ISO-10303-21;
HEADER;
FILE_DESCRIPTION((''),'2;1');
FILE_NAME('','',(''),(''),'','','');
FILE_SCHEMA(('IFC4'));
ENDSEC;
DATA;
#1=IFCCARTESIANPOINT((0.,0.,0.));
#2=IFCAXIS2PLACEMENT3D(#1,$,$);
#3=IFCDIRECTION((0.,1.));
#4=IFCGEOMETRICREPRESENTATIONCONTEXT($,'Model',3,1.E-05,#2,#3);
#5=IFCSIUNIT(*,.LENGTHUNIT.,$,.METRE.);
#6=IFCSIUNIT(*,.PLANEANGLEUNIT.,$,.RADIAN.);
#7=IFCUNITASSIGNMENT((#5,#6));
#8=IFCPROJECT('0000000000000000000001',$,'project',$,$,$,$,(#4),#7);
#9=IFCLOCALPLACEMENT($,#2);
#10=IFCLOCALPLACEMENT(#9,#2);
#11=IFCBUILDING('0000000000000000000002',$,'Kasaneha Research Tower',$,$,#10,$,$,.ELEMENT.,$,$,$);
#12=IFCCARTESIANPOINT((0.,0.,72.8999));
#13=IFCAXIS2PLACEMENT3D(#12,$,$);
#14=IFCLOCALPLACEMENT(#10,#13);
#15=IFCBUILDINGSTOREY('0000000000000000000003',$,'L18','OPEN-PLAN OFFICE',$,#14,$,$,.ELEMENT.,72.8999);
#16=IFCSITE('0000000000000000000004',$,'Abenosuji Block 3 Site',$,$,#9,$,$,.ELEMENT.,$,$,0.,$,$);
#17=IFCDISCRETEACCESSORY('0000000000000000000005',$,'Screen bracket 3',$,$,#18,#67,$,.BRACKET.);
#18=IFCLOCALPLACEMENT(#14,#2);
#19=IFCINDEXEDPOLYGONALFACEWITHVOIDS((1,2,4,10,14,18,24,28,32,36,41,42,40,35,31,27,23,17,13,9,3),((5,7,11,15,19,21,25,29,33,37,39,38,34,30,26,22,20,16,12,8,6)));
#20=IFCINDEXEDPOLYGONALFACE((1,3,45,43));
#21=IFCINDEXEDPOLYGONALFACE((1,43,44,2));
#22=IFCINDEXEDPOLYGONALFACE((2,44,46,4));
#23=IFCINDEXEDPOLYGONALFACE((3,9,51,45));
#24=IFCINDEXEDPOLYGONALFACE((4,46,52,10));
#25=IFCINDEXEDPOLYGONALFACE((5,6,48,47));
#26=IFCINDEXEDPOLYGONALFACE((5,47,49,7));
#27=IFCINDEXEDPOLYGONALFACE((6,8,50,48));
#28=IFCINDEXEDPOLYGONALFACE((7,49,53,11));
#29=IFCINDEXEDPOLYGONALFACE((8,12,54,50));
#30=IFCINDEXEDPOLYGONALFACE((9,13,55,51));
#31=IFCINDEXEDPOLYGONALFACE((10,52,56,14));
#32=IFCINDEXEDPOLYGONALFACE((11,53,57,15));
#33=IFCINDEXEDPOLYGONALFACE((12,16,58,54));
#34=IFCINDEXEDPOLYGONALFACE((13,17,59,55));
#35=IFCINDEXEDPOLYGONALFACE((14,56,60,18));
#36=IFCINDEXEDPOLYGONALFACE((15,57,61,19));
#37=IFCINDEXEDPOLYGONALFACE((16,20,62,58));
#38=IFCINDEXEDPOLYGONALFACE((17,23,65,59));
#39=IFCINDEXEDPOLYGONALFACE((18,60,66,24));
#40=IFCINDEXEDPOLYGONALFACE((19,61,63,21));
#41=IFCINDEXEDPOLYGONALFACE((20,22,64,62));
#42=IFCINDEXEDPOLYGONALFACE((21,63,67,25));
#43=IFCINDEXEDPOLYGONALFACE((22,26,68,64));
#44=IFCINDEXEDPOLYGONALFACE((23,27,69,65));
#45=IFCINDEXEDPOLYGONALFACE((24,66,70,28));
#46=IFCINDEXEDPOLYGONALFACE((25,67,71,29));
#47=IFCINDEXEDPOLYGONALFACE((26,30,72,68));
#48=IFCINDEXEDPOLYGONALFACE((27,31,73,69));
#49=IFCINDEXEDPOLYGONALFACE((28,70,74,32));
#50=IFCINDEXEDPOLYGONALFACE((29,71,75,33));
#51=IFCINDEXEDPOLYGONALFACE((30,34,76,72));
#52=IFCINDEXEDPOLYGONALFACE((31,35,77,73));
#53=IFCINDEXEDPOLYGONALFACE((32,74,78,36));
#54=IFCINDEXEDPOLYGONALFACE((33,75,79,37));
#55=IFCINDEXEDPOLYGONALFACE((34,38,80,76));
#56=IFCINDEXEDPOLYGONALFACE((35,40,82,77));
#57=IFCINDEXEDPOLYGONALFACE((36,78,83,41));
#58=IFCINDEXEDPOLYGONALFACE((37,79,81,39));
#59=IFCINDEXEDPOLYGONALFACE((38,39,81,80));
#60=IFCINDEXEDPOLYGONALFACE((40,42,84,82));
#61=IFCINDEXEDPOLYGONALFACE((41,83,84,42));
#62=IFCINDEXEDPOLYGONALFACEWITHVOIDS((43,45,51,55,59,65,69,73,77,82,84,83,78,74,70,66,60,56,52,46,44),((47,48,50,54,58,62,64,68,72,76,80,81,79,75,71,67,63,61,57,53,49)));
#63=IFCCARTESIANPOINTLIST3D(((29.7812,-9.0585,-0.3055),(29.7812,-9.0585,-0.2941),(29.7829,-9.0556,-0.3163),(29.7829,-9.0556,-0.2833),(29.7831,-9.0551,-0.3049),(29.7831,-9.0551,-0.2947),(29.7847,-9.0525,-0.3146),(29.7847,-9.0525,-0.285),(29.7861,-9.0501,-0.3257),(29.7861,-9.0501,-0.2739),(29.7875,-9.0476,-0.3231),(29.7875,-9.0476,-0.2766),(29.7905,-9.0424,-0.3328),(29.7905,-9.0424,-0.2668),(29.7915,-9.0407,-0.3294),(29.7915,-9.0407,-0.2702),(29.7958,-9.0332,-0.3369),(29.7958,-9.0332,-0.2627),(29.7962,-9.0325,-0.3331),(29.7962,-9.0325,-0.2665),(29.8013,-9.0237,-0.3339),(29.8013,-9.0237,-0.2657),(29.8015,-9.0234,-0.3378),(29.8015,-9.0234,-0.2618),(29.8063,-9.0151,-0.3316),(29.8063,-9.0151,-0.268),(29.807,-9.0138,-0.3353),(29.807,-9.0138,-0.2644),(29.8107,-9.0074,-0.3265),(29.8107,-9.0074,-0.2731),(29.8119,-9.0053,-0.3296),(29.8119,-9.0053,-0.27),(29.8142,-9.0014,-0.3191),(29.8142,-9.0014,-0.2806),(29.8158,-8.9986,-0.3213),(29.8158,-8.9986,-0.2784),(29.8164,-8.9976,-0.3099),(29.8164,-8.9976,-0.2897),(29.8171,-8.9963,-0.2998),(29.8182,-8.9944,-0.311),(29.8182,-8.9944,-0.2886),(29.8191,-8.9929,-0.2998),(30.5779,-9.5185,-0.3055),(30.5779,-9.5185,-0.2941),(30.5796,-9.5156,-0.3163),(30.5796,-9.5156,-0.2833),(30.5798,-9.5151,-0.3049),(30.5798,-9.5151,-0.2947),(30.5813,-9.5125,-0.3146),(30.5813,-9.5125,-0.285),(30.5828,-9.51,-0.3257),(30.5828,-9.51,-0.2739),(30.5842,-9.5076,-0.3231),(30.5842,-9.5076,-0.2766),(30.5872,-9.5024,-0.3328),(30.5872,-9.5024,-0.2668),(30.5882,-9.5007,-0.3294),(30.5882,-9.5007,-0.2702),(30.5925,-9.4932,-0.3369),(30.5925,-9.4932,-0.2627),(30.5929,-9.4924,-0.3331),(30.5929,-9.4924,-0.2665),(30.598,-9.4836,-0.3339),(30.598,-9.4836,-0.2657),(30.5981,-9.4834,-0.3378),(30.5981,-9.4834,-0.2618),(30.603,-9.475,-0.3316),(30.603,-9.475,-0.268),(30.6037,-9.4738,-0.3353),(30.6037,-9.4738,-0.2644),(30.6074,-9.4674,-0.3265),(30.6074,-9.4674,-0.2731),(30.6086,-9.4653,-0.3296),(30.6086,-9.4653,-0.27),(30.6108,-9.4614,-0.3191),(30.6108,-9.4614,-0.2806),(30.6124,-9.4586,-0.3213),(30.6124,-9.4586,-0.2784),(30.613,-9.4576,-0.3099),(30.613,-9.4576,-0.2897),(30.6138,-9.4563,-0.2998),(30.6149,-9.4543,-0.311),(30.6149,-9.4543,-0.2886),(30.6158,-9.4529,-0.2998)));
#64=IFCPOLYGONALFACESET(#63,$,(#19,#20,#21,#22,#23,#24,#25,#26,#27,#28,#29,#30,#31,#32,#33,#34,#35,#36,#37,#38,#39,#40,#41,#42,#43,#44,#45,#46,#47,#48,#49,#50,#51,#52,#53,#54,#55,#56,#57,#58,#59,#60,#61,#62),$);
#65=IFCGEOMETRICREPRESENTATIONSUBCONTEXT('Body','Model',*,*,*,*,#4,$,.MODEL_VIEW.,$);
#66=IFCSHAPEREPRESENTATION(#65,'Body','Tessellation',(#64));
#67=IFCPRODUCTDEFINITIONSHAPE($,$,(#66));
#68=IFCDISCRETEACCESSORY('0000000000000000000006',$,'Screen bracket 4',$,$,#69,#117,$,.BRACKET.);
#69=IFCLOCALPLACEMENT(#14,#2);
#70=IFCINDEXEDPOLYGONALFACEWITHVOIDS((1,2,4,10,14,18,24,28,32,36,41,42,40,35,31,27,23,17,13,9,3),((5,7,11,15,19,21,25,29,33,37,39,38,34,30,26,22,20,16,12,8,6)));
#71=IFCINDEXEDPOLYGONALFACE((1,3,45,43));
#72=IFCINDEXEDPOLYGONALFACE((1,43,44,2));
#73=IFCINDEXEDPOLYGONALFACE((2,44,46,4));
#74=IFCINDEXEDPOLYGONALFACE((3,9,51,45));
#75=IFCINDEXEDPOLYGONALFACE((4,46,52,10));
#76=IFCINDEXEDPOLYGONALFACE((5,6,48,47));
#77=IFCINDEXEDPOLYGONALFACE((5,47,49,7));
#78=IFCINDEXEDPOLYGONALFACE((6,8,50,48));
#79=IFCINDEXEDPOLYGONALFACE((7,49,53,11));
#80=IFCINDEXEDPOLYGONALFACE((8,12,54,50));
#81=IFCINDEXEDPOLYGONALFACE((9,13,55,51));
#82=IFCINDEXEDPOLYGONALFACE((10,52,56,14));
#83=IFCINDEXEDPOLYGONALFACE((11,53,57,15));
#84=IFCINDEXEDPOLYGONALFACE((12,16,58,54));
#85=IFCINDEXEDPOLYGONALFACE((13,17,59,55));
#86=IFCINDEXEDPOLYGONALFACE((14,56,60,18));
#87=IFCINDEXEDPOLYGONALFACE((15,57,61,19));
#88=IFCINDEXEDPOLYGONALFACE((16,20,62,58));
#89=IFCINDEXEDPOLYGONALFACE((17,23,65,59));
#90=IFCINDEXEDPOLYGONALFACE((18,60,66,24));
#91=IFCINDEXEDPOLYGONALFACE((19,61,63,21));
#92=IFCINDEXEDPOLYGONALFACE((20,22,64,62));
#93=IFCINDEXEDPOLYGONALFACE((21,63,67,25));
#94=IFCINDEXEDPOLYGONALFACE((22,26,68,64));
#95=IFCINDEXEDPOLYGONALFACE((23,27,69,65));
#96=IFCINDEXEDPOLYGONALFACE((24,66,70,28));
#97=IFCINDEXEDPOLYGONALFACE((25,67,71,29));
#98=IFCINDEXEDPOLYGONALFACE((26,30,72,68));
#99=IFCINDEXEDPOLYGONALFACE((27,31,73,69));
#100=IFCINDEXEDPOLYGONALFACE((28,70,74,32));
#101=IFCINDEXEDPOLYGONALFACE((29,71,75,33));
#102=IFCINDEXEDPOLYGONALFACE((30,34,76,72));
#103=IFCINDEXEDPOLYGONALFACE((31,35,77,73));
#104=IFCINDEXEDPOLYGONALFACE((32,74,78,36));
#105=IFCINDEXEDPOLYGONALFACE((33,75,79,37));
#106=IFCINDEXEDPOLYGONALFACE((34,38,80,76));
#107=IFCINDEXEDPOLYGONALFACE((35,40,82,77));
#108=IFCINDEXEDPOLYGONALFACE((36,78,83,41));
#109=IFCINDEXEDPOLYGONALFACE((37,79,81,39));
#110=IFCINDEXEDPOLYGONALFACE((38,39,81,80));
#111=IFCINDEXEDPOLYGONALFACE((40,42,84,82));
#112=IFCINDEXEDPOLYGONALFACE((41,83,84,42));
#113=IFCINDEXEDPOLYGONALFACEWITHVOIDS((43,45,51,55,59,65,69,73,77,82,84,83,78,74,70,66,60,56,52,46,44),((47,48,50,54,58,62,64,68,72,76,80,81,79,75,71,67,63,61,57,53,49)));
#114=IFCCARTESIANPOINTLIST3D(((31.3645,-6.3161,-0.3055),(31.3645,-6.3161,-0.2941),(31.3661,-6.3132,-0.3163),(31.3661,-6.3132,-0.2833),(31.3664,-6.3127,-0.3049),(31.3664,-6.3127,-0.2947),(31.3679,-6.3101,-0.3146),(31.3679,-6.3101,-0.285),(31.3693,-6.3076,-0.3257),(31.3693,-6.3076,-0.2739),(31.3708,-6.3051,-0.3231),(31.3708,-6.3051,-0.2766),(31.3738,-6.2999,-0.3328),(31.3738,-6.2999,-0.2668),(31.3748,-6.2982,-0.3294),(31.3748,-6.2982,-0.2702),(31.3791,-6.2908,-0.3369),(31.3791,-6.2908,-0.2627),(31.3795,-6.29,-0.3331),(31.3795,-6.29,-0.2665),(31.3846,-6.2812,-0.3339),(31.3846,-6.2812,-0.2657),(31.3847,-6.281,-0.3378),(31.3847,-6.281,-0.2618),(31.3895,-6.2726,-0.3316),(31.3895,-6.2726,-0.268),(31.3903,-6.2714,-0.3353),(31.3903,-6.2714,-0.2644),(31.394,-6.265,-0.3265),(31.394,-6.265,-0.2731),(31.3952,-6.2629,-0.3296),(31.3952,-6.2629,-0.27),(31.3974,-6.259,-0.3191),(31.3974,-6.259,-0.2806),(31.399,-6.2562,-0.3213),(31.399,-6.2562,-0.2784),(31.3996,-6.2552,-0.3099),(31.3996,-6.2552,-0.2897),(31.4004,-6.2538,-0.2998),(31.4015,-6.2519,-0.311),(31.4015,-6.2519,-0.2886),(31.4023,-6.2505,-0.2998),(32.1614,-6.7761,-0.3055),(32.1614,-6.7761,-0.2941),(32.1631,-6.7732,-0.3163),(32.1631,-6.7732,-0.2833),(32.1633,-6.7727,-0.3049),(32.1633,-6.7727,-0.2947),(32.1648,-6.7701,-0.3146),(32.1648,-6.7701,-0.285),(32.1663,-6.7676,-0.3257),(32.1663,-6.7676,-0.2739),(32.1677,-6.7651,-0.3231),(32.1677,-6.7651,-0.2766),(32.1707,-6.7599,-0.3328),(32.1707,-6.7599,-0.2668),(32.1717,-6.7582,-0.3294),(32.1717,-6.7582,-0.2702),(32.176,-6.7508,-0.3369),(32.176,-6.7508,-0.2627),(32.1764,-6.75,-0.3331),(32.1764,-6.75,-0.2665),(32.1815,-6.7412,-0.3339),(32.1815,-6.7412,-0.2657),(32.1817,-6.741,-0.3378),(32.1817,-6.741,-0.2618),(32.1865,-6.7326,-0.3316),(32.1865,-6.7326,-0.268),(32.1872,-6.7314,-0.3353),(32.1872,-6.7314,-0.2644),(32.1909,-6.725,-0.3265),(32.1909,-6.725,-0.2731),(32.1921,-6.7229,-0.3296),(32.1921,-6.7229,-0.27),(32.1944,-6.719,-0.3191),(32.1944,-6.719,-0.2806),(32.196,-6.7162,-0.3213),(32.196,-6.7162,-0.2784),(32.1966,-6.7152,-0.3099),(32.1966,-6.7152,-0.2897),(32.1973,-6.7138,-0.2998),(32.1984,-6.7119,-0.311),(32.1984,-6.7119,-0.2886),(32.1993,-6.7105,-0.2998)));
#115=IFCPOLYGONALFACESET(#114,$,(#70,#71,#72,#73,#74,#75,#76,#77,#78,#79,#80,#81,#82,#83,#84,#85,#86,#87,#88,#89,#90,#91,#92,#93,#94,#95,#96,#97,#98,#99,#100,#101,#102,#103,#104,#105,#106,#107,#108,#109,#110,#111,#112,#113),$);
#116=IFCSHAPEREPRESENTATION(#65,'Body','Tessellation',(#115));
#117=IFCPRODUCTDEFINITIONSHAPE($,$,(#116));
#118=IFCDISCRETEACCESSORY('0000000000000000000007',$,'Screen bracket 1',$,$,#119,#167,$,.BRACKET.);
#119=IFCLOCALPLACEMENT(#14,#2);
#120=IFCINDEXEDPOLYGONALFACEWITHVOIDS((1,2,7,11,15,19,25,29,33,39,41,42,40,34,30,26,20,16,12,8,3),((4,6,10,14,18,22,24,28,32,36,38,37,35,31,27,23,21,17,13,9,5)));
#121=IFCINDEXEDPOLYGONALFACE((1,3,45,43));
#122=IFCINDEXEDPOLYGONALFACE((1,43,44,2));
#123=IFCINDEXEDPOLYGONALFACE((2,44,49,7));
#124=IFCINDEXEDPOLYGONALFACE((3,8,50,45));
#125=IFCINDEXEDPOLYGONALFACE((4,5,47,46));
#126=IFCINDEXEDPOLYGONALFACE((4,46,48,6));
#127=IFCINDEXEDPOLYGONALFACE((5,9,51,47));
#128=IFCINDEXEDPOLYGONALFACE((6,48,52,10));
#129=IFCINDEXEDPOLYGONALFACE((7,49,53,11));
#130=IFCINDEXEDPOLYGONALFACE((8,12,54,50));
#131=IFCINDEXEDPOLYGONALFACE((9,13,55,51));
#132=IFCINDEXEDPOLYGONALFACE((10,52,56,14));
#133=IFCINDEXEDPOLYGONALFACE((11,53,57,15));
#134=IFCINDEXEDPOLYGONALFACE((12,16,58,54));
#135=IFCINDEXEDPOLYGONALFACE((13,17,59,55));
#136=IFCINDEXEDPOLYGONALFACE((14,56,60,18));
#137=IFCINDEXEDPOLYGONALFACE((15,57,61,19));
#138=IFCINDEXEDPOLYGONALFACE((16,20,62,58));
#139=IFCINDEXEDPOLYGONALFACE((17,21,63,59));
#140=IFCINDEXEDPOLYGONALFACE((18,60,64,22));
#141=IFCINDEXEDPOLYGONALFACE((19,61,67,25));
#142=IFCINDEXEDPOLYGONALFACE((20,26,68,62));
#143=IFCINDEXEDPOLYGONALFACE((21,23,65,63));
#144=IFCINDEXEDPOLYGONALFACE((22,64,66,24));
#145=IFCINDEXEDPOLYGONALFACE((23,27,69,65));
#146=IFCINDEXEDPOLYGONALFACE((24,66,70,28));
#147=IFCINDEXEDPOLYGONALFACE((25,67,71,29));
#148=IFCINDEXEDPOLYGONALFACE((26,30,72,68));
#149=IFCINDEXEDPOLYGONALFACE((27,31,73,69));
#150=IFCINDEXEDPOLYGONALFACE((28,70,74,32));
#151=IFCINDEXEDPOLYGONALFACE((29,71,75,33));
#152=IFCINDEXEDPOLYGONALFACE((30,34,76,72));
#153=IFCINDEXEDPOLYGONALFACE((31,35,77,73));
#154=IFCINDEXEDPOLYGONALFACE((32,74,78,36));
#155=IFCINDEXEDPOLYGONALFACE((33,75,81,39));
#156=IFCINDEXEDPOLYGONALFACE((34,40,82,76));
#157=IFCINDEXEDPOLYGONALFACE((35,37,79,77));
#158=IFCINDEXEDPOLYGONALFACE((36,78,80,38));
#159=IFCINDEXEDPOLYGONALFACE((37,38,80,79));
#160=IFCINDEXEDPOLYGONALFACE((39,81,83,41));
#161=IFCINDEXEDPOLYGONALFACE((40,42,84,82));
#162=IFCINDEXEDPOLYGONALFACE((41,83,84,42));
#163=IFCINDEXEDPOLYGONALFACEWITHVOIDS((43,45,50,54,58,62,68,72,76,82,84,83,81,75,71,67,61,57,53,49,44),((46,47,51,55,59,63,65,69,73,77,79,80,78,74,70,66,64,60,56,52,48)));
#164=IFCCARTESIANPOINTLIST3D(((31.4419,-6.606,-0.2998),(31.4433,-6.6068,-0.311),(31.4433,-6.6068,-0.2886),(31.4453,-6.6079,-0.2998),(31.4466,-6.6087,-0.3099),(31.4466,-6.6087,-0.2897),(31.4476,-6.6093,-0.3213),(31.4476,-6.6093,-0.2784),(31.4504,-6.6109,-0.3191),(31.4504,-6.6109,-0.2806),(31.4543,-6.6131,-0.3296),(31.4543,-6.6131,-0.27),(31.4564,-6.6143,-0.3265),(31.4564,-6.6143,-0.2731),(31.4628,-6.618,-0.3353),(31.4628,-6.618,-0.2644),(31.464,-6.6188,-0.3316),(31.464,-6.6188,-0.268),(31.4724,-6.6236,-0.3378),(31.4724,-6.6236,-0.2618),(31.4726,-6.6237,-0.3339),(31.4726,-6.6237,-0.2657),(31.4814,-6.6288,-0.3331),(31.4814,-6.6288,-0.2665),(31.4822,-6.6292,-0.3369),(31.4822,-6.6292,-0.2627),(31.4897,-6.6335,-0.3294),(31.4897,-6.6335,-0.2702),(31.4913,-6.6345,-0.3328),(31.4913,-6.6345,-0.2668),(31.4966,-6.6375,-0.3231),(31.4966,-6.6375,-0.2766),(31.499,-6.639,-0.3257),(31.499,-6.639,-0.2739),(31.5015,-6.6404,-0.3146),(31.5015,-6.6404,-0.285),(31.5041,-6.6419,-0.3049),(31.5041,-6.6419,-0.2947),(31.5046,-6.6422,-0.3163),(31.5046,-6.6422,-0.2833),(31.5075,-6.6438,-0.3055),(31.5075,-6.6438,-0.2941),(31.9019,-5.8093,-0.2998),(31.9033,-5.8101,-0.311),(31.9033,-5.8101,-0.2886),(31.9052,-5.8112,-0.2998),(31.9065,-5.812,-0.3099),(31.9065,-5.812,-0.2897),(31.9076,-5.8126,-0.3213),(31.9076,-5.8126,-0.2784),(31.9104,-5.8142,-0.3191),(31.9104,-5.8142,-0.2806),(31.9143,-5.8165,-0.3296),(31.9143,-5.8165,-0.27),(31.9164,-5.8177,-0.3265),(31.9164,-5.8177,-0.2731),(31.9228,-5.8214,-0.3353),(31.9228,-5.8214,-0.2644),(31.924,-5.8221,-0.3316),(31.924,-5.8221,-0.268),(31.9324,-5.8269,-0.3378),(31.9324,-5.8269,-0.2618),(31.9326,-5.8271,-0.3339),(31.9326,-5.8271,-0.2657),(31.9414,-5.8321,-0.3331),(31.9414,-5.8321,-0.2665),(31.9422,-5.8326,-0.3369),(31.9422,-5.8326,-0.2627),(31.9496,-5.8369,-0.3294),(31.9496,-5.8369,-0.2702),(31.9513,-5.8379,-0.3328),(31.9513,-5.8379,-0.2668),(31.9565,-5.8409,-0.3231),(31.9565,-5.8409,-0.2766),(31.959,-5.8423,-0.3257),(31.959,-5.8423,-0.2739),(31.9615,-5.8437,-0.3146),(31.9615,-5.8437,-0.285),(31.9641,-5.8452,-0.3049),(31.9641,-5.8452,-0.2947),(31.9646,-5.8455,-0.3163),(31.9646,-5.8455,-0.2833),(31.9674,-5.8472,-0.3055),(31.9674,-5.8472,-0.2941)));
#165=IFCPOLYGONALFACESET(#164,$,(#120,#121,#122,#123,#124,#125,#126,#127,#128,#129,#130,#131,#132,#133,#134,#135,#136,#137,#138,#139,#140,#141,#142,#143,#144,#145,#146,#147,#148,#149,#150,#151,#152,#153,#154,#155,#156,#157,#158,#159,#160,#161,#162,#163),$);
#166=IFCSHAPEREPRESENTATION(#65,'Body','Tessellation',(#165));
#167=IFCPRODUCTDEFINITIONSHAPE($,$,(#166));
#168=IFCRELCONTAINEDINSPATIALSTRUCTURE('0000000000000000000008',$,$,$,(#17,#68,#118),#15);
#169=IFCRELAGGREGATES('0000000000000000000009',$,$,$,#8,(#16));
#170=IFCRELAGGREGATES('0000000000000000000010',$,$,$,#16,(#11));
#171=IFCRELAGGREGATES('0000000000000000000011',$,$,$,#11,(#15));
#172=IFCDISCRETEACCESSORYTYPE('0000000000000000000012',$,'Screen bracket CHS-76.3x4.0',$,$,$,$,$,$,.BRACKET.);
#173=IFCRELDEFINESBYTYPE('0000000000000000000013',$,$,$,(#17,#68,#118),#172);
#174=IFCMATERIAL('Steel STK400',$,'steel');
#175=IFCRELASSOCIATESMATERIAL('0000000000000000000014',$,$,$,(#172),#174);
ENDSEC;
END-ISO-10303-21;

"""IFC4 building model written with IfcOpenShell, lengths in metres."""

from ifc_helpers import new_model, si_unit, direction, frame, origin, origin_2d, place, context, subcontext, project, spatial, hollow_circle, extrude, material, material_profile, profile_set, type_object, element, save


model = new_model("IFC4")

# Units and contexts
model_context = context("Model", 3, precision=1e-05, world=origin(), true_north=direction((0.0, 1.0)))
body_context = subcontext(model_context, "Body", "Model", "MODEL_VIEW")
ifc_project = project(units=[si_unit("LENGTHUNIT", "METRE"), si_unit("PLANEANGLEUNIT", "RADIAN")], contexts=[model_context])

# Site, building, storey
site_placement = place(None, origin())
site = spatial("IfcSite", under=ifc_project, at=site_placement, Name="Abenosuji Block 3 Site", CompositionType="ELEMENT", RefElevation=0.0)
building_placement = place(site_placement, origin())
building = spatial("IfcBuilding", under=site, at=building_placement, Name="Kasaneha Research Tower", CompositionType="ELEMENT")
storey_placement = place(building_placement, frame((0.0, 0.0, 72.8999)))
storey = spatial("IfcBuildingStorey", under=building, at=storey_placement, Name="L18", Description="OPEN-PLAN OFFICE", CompositionType="ELEMENT", Elevation=72.8999)

# Discrete accessories
ifc_material_1 = material(Name="Steel STK400", Category="steel")
ifc_material_profile_1 = material_profile(ifc_material_1, hollow_circle(Radius=0.0381, WallThickness=0.0039, at=origin_2d()), Name="CHS-76.3x4.0")
ifc_profile_set_1 = profile_set([ifc_material_profile_1], Name="Steel STK400")
discrete_accessory_type = type_object("IfcDiscreteAccessoryType", Name="Screen bracket CHS-76.3x4.0", PredefinedType="BRACKET", material=ifc_profile_set_1)
discrete_accessory_1_placement = place(storey_placement, frame((29.8, -9.0259, -0.2998), z_axis=(0.866013, -0.500021, 0.0), x_axis=(0.500021, 0.866013, 0.0)))
element("IfcDiscreteAccessory", 1, at=discrete_accessory_1_placement, inside=storey, type_object=discrete_accessory_type, Name="Screen bracket 3", PredefinedType="BRACKET", context=body_context, shape_type="SweptSolid", body=[
    extrude(hollow_circle(Radius=0.0381, WallThickness=0.0039, at=origin_2d()), origin(), (0.0, 0.0, 1.0), 0.9199),
])
discrete_accessory_2_placement = place(storey_placement, frame((31.3833, -6.2834, -0.2998), z_axis=(0.86608, -0.499906, 0.0), x_axis=(0.499906, 0.86608, 0.0)))
element("IfcDiscreteAccessory", 2, at=discrete_accessory_2_placement, inside=storey, type_object=discrete_accessory_type, Name="Screen bracket 4", PredefinedType="BRACKET", context=body_context, shape_type="SweptSolid", body=[
    extrude(hollow_circle(Radius=0.0381, WallThickness=0.0039, at=origin_2d()), origin(), (0.0, 0.0, 1.0), 0.9202),
])
discrete_accessory_3_placement = place(storey_placement, frame((31.4749, -6.625, -0.2998), z_axis=(0.500021, 0.866013, 0.0), x_axis=(-0.866013, 0.500021, 0.0)))
element("IfcDiscreteAccessory", 3, at=discrete_accessory_3_placement, inside=storey, type_object=discrete_accessory_type, Name="Screen bracket 1", PredefinedType="BRACKET", context=body_context, shape_type="SweptSolid", body=[
    extrude(hollow_circle(Radius=0.0381, WallThickness=0.0039, at=origin_2d()), origin(), (0.0, 0.0, 1.0), 0.9199),
])

save(model, "model.ifc")
